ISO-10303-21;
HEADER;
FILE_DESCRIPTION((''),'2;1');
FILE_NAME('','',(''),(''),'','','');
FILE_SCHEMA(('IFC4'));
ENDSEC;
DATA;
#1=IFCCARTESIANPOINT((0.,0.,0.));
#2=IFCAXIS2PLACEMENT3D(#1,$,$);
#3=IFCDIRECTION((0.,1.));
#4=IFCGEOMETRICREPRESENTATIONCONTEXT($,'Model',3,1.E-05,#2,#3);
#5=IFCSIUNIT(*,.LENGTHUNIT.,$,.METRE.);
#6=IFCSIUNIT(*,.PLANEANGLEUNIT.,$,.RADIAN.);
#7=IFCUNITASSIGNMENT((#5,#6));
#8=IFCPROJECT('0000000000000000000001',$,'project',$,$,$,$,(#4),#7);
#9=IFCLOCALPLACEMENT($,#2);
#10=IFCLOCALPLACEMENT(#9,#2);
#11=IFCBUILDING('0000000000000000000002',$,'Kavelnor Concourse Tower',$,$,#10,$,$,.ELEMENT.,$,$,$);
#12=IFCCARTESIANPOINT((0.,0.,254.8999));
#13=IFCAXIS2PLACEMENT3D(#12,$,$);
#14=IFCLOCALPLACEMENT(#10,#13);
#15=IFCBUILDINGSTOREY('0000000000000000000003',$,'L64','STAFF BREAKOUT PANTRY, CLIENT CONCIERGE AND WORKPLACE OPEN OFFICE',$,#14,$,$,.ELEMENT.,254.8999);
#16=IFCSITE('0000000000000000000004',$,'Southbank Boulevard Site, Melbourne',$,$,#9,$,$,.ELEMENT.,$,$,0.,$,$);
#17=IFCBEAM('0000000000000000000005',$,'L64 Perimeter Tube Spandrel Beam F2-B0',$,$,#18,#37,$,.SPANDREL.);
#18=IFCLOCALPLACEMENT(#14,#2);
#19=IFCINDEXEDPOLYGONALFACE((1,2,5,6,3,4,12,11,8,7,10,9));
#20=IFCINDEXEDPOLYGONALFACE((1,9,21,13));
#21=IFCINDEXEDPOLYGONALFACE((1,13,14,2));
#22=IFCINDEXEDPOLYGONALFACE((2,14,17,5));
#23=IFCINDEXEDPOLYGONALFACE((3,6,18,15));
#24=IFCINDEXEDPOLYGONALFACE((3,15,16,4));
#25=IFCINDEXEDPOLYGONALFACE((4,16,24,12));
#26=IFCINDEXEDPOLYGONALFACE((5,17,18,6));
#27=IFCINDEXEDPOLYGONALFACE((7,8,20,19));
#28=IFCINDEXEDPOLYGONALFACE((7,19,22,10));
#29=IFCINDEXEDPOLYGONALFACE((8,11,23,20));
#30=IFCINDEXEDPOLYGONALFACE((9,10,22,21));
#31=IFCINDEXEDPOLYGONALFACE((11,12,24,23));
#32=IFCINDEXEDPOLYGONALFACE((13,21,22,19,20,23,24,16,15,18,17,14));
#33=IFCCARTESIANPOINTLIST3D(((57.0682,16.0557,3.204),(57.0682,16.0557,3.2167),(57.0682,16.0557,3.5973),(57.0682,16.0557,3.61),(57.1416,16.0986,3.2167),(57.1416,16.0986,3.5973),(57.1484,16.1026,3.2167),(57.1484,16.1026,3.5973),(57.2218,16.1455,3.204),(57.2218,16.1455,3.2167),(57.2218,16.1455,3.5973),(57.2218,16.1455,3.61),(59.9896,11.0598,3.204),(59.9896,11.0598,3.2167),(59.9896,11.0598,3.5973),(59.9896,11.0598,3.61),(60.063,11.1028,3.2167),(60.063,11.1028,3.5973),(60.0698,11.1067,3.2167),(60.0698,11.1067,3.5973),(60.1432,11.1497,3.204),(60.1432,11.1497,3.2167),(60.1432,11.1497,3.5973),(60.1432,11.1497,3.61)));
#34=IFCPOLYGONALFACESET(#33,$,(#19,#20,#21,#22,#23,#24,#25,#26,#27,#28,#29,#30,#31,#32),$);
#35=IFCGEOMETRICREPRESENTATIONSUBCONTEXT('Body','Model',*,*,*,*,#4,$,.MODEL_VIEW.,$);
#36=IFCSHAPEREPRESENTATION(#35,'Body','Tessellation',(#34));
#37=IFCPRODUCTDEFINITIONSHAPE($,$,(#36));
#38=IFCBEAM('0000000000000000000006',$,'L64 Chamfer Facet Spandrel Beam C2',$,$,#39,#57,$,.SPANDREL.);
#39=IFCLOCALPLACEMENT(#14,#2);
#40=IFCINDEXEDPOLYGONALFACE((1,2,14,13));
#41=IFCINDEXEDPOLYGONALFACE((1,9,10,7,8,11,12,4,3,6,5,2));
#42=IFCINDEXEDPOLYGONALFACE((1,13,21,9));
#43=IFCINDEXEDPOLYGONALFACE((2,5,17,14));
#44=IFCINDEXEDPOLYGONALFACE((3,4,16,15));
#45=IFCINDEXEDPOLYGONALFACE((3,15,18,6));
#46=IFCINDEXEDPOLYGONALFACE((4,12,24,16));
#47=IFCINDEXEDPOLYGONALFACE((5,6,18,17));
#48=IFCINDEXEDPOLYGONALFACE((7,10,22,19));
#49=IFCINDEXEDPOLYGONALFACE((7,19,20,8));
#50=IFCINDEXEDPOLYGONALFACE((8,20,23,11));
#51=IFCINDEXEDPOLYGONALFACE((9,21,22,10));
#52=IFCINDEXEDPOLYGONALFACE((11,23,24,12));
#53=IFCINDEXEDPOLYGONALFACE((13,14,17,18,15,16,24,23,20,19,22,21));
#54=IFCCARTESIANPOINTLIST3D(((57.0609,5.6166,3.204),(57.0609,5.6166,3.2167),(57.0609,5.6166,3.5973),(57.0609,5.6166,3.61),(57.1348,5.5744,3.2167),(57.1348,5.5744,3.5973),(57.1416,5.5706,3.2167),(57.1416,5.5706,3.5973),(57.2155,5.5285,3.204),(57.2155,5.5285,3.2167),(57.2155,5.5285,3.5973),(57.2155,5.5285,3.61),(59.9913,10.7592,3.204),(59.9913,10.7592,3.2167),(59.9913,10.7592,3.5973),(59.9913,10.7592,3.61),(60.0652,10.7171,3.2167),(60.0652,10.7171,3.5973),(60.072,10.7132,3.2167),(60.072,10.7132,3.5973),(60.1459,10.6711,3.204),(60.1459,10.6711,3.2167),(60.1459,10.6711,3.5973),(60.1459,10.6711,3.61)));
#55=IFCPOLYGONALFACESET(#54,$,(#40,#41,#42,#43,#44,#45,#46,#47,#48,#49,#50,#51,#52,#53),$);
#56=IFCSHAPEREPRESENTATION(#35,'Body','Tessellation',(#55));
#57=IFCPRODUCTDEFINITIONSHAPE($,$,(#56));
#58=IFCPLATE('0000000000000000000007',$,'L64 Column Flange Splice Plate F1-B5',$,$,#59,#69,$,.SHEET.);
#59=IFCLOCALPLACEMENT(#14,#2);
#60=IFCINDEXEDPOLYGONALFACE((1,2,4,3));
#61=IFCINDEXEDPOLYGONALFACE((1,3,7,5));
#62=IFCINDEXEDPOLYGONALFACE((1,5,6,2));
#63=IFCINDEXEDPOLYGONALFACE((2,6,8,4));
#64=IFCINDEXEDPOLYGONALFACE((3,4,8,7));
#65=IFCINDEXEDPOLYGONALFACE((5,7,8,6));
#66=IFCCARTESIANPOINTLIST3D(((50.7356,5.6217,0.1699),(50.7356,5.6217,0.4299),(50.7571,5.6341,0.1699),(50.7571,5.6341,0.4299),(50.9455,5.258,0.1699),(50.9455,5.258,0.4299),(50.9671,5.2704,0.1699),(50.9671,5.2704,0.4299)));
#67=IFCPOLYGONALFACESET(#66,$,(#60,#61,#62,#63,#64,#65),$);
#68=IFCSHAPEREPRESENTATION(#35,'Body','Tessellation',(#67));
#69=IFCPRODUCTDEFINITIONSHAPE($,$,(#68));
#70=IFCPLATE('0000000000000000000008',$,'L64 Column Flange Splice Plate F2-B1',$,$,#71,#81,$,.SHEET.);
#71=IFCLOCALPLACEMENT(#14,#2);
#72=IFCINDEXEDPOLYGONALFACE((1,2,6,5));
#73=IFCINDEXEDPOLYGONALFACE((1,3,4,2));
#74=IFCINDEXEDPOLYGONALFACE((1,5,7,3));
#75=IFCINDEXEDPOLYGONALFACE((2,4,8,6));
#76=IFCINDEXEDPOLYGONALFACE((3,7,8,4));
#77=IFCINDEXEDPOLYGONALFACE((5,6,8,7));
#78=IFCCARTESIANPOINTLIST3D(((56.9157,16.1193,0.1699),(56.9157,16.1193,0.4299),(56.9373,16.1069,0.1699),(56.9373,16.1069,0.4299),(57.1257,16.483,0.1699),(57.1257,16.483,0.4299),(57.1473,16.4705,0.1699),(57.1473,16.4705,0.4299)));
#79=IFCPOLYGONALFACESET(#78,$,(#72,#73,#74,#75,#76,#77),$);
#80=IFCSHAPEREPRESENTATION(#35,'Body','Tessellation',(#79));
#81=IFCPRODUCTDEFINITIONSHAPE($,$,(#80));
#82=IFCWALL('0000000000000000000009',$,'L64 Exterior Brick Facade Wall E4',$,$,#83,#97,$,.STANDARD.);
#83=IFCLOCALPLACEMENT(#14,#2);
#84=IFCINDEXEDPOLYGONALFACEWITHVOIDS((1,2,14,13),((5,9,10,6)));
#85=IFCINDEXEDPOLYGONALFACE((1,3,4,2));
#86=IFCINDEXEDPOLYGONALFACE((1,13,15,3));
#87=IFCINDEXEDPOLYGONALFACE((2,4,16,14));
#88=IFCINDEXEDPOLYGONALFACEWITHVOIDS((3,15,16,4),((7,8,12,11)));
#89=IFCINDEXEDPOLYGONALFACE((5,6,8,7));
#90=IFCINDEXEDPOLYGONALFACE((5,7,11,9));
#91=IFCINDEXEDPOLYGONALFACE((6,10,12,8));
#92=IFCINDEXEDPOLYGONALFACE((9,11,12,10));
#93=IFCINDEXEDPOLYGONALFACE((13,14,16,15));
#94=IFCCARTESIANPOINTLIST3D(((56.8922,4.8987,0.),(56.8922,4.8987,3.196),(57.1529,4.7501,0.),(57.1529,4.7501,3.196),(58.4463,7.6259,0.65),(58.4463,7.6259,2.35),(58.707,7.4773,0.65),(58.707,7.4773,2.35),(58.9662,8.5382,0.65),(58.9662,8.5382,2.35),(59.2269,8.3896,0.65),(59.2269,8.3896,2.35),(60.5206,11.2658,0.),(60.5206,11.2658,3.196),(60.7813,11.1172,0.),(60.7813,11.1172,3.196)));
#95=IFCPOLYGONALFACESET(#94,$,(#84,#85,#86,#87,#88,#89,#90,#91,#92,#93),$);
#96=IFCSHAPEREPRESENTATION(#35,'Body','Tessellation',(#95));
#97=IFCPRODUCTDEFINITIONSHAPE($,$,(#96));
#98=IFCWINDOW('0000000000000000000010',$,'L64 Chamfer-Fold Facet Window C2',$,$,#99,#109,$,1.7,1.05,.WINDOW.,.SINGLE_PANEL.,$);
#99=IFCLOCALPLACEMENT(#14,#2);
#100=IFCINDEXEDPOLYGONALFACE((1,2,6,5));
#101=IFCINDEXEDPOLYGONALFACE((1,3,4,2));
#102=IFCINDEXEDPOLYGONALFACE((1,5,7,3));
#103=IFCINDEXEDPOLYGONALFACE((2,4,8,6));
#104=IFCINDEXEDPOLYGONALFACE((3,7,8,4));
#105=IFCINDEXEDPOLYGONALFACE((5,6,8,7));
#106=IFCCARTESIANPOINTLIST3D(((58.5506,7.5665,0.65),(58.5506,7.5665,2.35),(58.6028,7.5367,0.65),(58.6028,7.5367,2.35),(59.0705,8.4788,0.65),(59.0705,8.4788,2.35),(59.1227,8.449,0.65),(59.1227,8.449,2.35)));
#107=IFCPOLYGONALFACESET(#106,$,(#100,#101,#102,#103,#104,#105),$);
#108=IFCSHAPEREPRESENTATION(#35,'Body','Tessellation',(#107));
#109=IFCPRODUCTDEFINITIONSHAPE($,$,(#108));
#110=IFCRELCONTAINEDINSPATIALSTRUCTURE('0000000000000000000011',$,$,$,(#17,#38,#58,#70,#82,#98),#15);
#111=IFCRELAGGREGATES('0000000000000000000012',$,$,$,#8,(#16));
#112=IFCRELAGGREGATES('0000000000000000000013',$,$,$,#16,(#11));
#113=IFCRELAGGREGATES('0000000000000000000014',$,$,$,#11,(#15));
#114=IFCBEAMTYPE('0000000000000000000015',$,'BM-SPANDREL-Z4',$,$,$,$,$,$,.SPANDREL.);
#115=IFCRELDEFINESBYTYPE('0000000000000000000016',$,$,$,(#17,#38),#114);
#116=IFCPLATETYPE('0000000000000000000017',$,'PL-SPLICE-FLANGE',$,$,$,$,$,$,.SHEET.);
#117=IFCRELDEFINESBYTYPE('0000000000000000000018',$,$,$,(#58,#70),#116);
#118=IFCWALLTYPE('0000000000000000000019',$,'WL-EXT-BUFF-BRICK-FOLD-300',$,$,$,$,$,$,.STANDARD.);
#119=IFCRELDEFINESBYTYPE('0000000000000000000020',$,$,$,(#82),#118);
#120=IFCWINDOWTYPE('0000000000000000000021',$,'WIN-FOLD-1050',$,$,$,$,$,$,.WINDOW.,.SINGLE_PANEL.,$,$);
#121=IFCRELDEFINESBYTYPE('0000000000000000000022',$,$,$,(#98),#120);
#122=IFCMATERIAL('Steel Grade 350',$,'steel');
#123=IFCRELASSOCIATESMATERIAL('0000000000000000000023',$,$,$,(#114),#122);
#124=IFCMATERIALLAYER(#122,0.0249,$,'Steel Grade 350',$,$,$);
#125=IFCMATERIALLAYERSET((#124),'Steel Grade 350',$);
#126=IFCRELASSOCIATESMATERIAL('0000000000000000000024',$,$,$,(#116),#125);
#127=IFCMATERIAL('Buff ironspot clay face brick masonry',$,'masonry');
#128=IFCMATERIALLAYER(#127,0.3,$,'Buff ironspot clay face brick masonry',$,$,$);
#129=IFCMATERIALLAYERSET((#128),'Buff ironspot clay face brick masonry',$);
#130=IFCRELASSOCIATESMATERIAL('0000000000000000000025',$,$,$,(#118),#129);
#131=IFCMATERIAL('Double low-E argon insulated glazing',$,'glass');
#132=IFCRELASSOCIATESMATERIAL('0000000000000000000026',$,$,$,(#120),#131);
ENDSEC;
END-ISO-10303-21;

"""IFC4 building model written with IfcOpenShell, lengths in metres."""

from ifc_helpers import new_model, si_unit, direction, frame, frame_2d, origin, origin_2d, place, context, subcontext, project, spatial, rectangle, i_section, extrude, material, layer, layer_set, material_profile, profile_set, type_object, element, fill, save


model = new_model("IFC4")

# Units and contexts
model_context = context("Model", 3, precision=1e-05, world=origin(), true_north=direction((0.0, 1.0)))
body_context = subcontext(model_context, "Body", "Model", "MODEL_VIEW")
ifc_project = project(units=[si_unit("LENGTHUNIT", "METRE"), si_unit("PLANEANGLEUNIT", "RADIAN")], contexts=[model_context])

# Site, building, storey
site_placement = place(None, origin())
site = spatial("IfcSite", under=ifc_project, at=site_placement, Name="Southbank Boulevard Site, Melbourne", CompositionType="ELEMENT", RefElevation=0.0)
building_placement = place(site_placement, origin())
building = spatial("IfcBuilding", under=site, at=building_placement, Name="Kavelnor Concourse Tower", CompositionType="ELEMENT")
storey_placement = place(building_placement, frame((0.0, 0.0, 254.8999)))
storey = spatial("IfcBuildingStorey", under=building, at=storey_placement, Name="L64", Description="STAFF BREAKOUT PANTRY, CLIENT CONCIERGE AND WORKPLACE OPEN OFFICE", CompositionType="ELEMENT", Elevation=254.8999)

# Shared definitions
ifc_material_1 = material(Name="Steel Grade 350", Category="steel")

# Beams
ifc_material_profile_1 = material_profile(ifc_material_1, i_section(OverallWidth=0.178, OverallDepth=0.406, WebThickness=0.0078, FlangeThickness=0.0127, at=origin_2d()), Name="410UB59")
ifc_profile_set_1 = profile_set([ifc_material_profile_1], Name="Steel Grade 350")
beam_type_1 = type_object("IfcBeamType", Name="BM-SPANDREL-Z4", PredefinedType="SPANDREL", material=ifc_profile_set_1)
beam_1_placement = place(storey_placement, frame((60.0664, 11.1047, 3.407), z_axis=(-0.504791, 0.863241, 0.0), x_axis=(-0.863241, -0.504791, 0.0)))
element("IfcBeam", 1, at=beam_1_placement, inside=storey, type_object=beam_type_1, Name="L64 Perimeter Tube Spandrel Beam F2-B0", PredefinedType="SPANDREL", context=body_context, shape_type="SweptSolid", body=[
    extrude(i_section(OverallWidth=0.178, OverallDepth=0.406, WebThickness=0.0078, FlangeThickness=0.0127, at=origin_2d()), origin(), (0.0, 0.0, 1.0), 5.7874),
])
beam_2_placement = place(storey_placement, frame((57.1382, 5.5725, 3.407), z_axis=(0.495095, 0.868839, 0.0), x_axis=(-0.868839, 0.495095, 0.0)))
element("IfcBeam", 2, at=beam_2_placement, inside=storey, type_object=beam_type_1, Name="L64 Chamfer Facet Spandrel Beam C2", PredefinedType="SPANDREL", context=body_context, shape_type="SweptSolid", body=[
    extrude(i_section(OverallWidth=0.178, OverallDepth=0.406, WebThickness=0.0078, FlangeThickness=0.0127, at=origin_2d()), origin(), (0.0, 0.0, 1.0), 5.9189),
])

# Plates
ifc_layer_1 = layer(ifc_material_1, 0.0249, Name="Steel Grade 350")
ifc_layer_set_1 = layer_set([ifc_layer_1], Name="Steel Grade 350")
plate_type = type_object("IfcPlateType", Name="PL-SPLICE-FLANGE", PredefinedType="SHEET", material=ifc_layer_set_1)
for number, where, z_axis, x_axis, name in (
    (3, (50.8513, 5.446, 0.1699), (0.0, 0.0, 1.0), (-0.5, 0.866025, 0.0), "L64 Column Flange Splice Plate F1-B5"),
    (4, (57.0315, 16.2949, 0.1699), (0.0, 0.0, 1.0), (-0.5, -0.866025, 0.0), "L64 Column Flange Splice Plate F2-B1"),
):
    element("IfcPlate", number, at=place(storey_placement, frame(where, z_axis=z_axis, x_axis=x_axis)), inside=storey, type_object=plate_type, Name=name, PredefinedType="SHEET", context=body_context, shape_type="SweptSolid", body=[
        extrude(rectangle(XDim=0.4199, YDim=0.0249, at=origin_2d()), origin(), (0.0, 0.0, 1.0), 0.26),
    ])

# Wall, opening, window
ifc_material_2 = material(Name="Buff ironspot clay face brick masonry", Category="masonry")
ifc_layer_2 = layer(ifc_material_2, 0.3, Name="Buff ironspot clay face brick masonry")
ifc_layer_set_2 = layer_set([ifc_layer_2], Name="Buff ironspot clay face brick masonry")
wall_type_1 = type_object("IfcWallType", Name="WL-EXT-BUFF-BRICK-FOLD-300", PredefinedType="STANDARD", material=ifc_layer_set_2)
wall_1_placement = place(storey_placement, frame((60.6509, 11.1914, 0.0), z_axis=(0.0, 0.0, 1.0), x_axis=(-0.495113, -0.868829, 0.0)))
wall_1 = element("IfcWall", 5, at=wall_1_placement, inside=storey, type_object=wall_type_1, Name="L64 Exterior Brick Facade Wall E4", PredefinedType="STANDARD", context=body_context, shape_type="SweptSolid", body=[
    extrude(rectangle(XDim=7.3284, YDim=0.3, at=frame_2d((3.6641, 0.0))), origin(), (0.0, 0.0, 1.0), 3.196),
])
opening_1_placement = place(wall_1_placement, frame((3.1394, 0.0, 0.6499)))
opening_1 = element("IfcOpeningElement", 6, at=opening_1_placement, cuts=wall_1, PredefinedType="OPENING", context=body_context, shape_type="SweptSolid", body=[
    extrude(rectangle(XDim=1.05, YDim=1.7, at=frame_2d((0.5249, 0.8501))), frame((0.0, 0.1602, 0.0), z_axis=(0.0, -1.0, 0.0), x_axis=(1.0, 0.0, 0.0)), (0.0, 0.0, 1.0), 0.3201),
])
ifc_material_3 = material(Name="Double low-E argon insulated glazing", Category="glass")
window_type_1 = type_object("IfcWindowType", Name="WIN-FOLD-1050", PartitioningType="SINGLE_PANEL", PredefinedType="WINDOW", material=ifc_material_3)
window_1_placement = place(opening_1_placement, origin())
window_1 = element("IfcWindow", 7, at=window_1_placement, inside=storey, type_object=window_type_1, Name="L64 Chamfer-Fold Facet Window C2", OverallHeight=1.7, OverallWidth=1.05, PartitioningType="SINGLE_PANEL", PredefinedType="WINDOW", context=body_context, shape_type="SweptSolid", body=[
    extrude(rectangle(XDim=1.05, YDim=1.7, at=frame_2d((0.5249, 0.8501))), frame((0.0, 0.03, 0.0), z_axis=(0.0, -1.0, 0.0), x_axis=(1.0, 0.0, 0.0)), (0.0, 0.0, 1.0), 0.0601),
])
fill(opening_1, window_1)

save(model, "model.ifc")
